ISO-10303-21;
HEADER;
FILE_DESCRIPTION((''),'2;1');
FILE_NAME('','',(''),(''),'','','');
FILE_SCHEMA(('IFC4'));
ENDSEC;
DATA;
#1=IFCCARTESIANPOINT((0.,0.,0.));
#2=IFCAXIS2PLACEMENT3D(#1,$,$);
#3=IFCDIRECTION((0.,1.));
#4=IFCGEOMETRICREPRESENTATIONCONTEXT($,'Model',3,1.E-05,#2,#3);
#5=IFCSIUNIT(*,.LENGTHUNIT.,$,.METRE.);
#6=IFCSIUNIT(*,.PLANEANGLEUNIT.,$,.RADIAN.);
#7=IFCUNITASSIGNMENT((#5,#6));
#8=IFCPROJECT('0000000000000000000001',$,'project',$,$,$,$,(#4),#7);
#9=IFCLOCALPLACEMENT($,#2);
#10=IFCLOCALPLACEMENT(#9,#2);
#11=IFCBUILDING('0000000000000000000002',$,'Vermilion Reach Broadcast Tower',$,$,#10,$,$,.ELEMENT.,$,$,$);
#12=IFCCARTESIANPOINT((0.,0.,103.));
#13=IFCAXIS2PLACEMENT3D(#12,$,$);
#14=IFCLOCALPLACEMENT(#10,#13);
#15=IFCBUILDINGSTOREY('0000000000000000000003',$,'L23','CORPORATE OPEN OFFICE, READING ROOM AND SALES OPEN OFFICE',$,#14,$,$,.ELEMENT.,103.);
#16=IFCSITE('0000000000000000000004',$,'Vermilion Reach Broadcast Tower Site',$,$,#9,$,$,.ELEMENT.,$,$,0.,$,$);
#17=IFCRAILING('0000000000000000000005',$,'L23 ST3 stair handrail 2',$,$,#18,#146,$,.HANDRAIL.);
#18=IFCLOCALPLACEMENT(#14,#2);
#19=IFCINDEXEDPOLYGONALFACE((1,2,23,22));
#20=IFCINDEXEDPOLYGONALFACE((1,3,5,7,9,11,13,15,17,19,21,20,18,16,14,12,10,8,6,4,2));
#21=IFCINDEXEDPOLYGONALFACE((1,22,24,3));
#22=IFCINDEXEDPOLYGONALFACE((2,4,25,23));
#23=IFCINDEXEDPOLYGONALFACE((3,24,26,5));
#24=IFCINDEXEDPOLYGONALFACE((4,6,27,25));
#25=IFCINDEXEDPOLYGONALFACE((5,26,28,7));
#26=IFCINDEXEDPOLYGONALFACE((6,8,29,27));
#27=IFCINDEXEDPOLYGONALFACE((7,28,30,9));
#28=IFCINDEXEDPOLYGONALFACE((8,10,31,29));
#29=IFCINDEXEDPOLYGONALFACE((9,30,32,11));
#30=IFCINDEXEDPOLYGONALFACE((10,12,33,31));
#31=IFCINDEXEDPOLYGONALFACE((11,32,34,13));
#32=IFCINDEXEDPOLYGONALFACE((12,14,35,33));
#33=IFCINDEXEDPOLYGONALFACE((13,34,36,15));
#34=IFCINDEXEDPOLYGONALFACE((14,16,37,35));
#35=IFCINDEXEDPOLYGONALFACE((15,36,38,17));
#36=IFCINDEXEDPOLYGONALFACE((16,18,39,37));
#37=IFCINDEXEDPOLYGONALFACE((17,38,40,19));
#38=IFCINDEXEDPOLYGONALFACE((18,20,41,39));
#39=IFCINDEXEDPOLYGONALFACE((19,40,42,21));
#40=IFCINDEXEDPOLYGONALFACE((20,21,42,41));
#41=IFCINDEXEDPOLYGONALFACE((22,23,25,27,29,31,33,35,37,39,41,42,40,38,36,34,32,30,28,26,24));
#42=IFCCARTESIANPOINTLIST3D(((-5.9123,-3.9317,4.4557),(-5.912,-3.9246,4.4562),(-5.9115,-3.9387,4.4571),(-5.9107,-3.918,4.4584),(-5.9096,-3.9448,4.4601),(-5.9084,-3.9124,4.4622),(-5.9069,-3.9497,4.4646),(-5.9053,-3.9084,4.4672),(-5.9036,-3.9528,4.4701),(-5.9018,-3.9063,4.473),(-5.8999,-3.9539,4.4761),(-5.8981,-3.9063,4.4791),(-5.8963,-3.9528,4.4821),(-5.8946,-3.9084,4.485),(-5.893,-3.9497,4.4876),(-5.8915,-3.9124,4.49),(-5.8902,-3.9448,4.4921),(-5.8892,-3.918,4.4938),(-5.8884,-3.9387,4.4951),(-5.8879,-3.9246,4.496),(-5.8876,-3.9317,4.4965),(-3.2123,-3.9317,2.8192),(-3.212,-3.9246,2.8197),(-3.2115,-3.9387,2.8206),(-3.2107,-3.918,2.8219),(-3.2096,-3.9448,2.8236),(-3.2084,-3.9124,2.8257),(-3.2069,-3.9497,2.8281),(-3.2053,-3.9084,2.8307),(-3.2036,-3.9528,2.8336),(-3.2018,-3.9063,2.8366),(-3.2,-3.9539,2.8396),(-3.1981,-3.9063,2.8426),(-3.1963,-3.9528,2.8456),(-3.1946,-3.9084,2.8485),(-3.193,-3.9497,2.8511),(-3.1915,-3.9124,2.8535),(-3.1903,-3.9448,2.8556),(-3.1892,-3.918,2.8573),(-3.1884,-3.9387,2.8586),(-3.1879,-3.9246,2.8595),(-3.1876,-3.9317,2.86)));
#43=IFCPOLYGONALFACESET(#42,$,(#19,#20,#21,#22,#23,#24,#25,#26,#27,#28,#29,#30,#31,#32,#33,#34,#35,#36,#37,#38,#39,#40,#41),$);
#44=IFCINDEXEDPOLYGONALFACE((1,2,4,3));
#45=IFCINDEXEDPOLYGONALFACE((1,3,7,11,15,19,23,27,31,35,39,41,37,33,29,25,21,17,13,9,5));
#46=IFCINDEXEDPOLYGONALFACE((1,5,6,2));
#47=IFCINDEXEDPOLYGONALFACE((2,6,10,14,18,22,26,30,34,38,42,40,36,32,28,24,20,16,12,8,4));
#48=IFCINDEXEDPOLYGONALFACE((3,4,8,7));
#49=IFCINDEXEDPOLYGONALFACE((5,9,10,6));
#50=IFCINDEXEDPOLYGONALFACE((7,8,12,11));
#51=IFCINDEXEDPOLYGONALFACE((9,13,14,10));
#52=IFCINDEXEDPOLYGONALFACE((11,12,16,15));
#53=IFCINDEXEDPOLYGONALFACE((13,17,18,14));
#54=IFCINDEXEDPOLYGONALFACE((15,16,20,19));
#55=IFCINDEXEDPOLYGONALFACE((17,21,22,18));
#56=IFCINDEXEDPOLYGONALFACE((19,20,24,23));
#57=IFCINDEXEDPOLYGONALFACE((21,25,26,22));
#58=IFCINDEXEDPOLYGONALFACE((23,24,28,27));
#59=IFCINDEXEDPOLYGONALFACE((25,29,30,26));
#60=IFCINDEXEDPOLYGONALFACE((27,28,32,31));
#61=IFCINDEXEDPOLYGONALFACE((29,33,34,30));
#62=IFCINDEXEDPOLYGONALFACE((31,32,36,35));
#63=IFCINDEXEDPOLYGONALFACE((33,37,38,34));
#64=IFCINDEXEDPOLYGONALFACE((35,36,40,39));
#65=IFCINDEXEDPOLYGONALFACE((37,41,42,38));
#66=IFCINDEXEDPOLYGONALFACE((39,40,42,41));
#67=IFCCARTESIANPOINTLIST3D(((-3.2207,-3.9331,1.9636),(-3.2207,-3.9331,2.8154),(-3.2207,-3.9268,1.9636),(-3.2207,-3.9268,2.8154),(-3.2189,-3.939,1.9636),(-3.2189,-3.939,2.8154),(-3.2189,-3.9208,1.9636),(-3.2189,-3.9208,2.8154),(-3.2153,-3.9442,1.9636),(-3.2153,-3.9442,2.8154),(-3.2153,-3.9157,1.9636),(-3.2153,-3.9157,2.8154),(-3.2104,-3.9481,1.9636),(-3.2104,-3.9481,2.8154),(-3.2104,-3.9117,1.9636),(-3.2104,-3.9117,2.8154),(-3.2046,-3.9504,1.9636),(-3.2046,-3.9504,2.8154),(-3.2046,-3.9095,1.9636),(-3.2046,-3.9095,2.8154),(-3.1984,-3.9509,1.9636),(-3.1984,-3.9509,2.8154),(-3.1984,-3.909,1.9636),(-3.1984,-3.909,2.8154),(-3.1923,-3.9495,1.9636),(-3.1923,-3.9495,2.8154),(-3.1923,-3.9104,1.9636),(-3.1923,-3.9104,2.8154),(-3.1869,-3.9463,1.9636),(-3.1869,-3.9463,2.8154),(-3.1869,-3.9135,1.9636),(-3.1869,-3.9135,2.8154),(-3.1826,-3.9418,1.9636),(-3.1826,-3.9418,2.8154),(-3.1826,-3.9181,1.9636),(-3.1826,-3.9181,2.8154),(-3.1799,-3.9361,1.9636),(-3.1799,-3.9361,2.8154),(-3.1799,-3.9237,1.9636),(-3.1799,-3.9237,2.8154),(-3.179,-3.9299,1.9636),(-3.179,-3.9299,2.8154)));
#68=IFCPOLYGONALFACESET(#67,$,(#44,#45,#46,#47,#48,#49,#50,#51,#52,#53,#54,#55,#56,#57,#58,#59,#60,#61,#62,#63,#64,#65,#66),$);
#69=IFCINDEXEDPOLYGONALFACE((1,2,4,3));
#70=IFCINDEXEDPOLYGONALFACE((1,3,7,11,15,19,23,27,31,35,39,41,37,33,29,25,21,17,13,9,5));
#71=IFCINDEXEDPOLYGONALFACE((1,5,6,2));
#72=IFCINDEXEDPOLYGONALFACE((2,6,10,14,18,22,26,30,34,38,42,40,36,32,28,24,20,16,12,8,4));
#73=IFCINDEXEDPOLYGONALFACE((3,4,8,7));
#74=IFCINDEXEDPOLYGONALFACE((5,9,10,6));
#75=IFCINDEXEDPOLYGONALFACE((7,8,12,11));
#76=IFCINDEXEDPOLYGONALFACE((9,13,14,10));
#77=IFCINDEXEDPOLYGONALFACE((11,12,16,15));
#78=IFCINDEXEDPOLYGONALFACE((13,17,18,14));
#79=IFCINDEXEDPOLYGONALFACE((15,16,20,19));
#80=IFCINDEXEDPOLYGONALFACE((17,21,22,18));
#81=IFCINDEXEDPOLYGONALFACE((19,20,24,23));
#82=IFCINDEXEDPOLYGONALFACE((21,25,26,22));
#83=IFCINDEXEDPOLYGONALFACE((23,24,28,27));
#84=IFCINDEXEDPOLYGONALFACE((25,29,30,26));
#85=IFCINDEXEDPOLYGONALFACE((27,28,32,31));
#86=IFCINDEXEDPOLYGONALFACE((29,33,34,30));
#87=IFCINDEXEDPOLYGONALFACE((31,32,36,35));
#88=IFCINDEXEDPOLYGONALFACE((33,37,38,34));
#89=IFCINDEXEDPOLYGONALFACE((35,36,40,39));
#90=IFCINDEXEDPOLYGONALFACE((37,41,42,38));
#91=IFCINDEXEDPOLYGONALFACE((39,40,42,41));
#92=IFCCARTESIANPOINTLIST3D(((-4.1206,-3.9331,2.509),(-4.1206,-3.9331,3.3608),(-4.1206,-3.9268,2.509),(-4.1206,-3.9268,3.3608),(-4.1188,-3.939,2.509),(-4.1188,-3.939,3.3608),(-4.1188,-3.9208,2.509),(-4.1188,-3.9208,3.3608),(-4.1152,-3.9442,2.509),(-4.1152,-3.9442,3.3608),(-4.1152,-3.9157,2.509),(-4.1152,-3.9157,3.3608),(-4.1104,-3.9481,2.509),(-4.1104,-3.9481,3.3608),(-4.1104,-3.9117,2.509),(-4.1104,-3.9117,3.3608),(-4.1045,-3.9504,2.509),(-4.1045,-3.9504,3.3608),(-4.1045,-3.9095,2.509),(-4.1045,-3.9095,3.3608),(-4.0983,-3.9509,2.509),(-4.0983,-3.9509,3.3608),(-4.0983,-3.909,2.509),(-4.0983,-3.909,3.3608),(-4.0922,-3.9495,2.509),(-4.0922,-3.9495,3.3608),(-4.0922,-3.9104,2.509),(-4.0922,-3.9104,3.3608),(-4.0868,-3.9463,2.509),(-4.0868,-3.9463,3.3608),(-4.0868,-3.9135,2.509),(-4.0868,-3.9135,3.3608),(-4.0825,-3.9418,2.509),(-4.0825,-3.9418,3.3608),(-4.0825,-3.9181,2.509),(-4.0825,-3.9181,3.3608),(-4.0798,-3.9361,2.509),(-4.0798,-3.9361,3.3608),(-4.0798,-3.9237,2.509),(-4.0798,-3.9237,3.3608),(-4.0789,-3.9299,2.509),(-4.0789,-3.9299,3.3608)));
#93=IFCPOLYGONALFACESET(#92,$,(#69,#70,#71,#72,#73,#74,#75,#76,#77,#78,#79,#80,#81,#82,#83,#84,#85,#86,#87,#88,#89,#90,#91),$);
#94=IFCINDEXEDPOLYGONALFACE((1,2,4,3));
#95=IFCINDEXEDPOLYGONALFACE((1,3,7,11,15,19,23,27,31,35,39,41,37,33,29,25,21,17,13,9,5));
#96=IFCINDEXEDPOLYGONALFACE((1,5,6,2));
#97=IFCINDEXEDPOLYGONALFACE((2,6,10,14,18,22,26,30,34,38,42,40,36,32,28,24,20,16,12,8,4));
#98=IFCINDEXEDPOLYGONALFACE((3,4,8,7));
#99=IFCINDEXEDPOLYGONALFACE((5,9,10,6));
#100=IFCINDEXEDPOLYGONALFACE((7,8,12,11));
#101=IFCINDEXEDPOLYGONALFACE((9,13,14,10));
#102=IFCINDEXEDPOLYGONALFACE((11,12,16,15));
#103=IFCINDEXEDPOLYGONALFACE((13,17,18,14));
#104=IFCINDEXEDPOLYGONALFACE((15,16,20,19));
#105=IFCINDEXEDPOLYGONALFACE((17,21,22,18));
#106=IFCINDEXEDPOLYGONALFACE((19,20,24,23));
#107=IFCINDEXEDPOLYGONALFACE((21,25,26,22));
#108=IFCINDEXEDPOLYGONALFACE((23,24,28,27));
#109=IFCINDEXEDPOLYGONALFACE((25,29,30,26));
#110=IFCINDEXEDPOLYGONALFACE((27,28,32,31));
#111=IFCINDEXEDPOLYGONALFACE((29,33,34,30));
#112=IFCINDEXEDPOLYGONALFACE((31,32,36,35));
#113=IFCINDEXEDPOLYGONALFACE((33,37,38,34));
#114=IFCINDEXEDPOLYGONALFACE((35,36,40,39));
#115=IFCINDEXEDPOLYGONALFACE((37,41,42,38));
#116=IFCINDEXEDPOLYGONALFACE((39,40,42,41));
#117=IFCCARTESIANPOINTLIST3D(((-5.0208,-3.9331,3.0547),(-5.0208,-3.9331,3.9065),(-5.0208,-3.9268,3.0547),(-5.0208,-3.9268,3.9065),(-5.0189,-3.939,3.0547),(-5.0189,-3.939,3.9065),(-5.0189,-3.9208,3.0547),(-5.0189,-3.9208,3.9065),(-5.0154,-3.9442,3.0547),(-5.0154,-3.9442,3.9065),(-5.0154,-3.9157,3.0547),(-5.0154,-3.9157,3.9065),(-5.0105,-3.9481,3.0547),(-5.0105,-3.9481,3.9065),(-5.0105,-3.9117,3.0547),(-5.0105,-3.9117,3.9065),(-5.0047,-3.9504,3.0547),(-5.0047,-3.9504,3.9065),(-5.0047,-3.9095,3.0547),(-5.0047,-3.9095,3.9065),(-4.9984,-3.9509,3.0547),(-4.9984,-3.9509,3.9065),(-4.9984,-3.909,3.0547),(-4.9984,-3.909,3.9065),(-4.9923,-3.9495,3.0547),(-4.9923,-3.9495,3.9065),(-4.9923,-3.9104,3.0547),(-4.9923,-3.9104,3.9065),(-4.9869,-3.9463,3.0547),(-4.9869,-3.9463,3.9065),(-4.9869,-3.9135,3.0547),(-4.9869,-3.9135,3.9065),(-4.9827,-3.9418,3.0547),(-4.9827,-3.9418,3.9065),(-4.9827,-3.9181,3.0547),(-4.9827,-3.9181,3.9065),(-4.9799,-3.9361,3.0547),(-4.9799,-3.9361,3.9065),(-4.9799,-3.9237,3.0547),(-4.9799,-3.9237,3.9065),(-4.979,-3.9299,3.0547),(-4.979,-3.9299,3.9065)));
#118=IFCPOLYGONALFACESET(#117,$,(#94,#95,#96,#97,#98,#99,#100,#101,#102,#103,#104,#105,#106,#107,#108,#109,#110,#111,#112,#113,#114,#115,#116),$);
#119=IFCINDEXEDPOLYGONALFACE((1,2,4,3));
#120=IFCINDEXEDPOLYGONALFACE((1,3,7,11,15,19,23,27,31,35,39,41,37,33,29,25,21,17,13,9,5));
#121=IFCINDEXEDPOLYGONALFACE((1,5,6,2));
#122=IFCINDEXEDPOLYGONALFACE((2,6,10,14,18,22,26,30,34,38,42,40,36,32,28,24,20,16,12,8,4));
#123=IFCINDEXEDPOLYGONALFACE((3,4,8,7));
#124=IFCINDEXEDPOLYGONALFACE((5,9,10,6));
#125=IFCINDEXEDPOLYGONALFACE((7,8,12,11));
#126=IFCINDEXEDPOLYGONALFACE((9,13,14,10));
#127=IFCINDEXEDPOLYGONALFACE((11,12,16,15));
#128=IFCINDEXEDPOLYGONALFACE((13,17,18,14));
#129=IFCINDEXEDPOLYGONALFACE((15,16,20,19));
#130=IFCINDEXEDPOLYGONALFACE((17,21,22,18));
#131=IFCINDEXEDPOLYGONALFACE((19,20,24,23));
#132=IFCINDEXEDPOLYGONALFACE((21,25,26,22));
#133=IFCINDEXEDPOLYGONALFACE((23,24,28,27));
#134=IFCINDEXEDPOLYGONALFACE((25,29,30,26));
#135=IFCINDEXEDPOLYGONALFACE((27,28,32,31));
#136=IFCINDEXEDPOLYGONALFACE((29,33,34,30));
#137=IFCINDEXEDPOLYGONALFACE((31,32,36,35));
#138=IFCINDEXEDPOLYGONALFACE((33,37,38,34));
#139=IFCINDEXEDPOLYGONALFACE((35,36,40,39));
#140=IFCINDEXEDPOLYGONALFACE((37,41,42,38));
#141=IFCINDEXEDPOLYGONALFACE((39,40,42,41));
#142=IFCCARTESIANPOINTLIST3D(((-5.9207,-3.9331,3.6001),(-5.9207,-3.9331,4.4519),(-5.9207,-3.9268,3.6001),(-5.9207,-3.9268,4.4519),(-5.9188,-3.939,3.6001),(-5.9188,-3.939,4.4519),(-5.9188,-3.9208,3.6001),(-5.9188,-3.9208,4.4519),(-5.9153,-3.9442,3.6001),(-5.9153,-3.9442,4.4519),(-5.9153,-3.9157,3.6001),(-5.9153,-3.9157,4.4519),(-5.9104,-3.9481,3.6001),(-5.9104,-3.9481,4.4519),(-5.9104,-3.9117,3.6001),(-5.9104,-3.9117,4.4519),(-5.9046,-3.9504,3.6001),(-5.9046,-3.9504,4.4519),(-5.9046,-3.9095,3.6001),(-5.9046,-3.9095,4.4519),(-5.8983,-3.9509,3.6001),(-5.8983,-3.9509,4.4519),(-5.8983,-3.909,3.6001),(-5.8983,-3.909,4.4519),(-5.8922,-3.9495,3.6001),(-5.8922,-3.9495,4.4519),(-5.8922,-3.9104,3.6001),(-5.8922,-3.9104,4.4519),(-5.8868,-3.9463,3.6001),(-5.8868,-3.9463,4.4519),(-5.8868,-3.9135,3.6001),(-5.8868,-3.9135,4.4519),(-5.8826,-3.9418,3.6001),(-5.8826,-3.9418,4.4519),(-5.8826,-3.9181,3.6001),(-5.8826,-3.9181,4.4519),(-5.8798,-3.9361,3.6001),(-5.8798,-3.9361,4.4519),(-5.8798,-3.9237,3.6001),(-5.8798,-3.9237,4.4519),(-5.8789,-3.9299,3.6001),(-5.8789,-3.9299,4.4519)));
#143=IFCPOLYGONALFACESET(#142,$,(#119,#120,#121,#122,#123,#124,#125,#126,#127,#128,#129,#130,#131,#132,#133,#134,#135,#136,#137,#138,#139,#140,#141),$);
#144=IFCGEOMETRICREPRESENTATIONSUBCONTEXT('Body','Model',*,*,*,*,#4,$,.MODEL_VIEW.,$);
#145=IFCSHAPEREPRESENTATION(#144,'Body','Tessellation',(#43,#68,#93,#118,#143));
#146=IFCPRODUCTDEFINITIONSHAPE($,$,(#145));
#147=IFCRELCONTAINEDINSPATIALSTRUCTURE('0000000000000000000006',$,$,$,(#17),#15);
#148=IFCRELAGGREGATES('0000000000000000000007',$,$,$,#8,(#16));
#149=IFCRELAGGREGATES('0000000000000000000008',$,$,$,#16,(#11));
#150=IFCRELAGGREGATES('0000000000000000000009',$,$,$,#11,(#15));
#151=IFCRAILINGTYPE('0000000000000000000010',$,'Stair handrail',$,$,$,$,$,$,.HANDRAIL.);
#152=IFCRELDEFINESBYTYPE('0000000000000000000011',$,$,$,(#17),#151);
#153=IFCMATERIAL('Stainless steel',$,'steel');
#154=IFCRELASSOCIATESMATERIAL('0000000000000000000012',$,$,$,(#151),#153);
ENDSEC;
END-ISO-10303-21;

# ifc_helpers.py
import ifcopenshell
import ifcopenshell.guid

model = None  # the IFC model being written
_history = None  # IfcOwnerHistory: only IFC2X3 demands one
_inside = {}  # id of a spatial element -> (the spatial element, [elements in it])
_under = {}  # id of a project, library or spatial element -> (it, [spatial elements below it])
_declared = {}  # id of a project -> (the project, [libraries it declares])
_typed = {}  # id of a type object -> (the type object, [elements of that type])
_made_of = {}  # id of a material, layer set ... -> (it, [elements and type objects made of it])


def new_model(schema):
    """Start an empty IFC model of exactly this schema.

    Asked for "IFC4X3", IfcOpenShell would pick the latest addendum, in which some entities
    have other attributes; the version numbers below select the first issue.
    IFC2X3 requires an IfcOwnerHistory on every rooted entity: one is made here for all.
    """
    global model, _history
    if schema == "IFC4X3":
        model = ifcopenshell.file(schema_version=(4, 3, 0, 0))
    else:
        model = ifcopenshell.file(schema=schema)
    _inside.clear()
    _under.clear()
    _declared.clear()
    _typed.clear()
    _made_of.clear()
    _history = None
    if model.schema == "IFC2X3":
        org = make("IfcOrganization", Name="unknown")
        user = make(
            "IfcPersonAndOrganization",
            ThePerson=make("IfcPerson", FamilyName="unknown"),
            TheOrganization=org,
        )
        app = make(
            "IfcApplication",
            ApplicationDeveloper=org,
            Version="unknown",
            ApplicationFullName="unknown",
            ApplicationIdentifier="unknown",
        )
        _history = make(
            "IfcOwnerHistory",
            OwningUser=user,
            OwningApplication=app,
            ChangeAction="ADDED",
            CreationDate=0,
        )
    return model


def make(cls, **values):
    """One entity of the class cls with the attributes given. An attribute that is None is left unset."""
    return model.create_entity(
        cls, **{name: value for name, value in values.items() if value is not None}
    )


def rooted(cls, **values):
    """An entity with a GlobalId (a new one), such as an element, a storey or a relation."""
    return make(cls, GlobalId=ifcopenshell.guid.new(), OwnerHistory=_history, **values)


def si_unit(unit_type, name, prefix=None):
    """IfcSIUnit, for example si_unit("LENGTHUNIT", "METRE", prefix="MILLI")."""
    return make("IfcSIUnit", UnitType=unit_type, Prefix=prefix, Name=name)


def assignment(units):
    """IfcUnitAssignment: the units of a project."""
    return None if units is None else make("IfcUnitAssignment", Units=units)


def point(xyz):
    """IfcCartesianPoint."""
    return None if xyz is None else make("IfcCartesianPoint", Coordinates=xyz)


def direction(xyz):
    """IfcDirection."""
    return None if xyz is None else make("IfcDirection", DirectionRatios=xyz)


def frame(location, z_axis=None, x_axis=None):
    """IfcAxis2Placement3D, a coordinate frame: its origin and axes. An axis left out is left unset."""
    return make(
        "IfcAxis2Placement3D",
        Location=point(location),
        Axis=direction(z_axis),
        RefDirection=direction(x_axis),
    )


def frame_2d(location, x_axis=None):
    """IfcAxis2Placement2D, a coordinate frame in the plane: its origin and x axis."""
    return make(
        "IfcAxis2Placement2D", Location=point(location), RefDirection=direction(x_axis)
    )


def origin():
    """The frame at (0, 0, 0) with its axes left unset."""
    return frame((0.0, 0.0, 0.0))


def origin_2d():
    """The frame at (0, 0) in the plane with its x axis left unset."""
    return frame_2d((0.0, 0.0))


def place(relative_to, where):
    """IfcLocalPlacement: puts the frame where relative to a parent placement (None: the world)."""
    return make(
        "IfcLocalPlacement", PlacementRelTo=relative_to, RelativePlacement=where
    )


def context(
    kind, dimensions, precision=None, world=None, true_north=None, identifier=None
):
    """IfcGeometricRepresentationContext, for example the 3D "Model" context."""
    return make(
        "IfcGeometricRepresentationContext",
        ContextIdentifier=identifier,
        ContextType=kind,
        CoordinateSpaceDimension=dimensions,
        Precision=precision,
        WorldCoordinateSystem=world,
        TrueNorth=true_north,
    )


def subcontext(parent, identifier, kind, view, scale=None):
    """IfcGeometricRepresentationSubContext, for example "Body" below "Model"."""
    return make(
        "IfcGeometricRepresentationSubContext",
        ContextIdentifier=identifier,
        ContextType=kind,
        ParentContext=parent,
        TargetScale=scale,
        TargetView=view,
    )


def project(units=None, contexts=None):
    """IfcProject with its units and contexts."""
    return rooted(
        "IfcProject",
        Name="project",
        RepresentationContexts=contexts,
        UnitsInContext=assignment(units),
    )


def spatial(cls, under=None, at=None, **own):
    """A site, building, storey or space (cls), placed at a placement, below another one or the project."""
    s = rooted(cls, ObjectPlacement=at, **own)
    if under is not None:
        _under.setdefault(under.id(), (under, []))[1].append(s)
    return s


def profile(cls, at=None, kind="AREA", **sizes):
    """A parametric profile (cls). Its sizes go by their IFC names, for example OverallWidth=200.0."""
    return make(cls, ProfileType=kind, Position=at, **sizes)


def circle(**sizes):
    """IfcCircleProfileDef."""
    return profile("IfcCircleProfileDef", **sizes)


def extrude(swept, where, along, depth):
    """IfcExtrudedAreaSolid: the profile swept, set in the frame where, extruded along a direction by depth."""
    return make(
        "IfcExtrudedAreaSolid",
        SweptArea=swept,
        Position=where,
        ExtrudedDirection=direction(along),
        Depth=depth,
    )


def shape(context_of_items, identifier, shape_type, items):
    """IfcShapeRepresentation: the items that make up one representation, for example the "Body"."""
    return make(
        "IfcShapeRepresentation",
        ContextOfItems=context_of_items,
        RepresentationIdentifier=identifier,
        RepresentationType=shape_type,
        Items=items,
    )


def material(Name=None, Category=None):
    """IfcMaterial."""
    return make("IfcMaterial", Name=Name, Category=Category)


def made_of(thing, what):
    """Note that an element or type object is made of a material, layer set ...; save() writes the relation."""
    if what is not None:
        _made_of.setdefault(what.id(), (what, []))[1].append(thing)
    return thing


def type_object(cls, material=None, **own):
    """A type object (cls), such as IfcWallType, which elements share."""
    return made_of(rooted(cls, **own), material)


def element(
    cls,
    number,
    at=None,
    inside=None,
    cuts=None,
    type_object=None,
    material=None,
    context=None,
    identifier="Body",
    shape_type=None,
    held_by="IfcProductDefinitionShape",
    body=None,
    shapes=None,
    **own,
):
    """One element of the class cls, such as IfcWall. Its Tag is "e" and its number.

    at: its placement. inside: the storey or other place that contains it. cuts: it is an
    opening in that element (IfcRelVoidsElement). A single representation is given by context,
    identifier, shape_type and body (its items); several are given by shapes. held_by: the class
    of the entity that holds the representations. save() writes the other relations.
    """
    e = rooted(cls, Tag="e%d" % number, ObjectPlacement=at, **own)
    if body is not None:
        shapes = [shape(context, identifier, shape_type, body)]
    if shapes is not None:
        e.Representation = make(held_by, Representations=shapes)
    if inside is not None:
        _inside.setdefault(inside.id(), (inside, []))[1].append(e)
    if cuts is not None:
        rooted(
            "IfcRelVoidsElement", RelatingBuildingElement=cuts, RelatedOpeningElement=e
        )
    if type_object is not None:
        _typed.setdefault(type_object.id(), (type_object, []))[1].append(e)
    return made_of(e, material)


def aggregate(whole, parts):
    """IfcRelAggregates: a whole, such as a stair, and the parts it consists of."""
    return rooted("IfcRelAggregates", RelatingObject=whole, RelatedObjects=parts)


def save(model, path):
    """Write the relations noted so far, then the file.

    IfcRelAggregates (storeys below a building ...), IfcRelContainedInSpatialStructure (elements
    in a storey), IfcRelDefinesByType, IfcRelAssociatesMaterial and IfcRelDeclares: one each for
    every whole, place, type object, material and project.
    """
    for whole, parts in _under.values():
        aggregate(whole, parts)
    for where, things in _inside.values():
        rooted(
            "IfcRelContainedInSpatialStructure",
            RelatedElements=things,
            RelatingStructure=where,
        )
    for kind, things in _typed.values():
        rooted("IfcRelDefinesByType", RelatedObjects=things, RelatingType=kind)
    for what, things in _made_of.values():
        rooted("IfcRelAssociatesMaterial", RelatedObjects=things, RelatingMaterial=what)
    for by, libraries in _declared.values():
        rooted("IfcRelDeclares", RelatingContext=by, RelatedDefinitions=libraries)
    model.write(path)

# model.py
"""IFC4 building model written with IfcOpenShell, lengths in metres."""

from ifc_helpers import new_model, si_unit, direction, frame, origin, origin_2d, place, context, subcontext, project, spatial, circle, extrude, material, type_object, element, save


model = new_model("IFC4")

# Units and contexts
model_context = context("Model", 3, precision=1e-05, world=origin(), true_north=direction((0.0, 1.0)))
body_context = subcontext(model_context, "Body", "Model", "MODEL_VIEW")
ifc_project = project(units=[si_unit("LENGTHUNIT", "METRE"), si_unit("PLANEANGLEUNIT", "RADIAN")], contexts=[model_context])

# Site, building, storey
site_placement = place(None, origin())
site = spatial("IfcSite", under=ifc_project, at=site_placement, Name="Vermilion Reach Broadcast Tower Site", CompositionType="ELEMENT", RefElevation=0.0)
building_placement = place(site_placement, origin())
building = spatial("IfcBuilding", under=site, at=building_placement, Name="Vermilion Reach Broadcast Tower", CompositionType="ELEMENT")
storey_placement = place(building_placement, frame((0.0, 0.0, 103.0)))
storey = spatial("IfcBuildingStorey", under=building, at=storey_placement, Name="L23", Description="CORPORATE OPEN OFFICE, READING ROOM AND SALES OPEN OFFICE", CompositionType="ELEMENT", Elevation=103.0)

# Railing
ifc_material_1 = material(Name="Stainless steel", Category="steel")
railing_type_1 = type_object("IfcRailingType", Name="Stair handrail", PredefinedType="HANDRAIL", material=ifc_material_1)
railing_1_placement = place(storey_placement, frame((-3.2, -3.9299, 1.9636)))
element("IfcRailing", 1, at=railing_1_placement, inside=storey, type_object=railing_type_1, Name="L23 ST3 stair handrail 2", PredefinedType="HANDRAIL", context=body_context, shape_type="SweptSolid", body=[
    extrude(circle(Radius=0.0239, at=origin_2d()), frame((0.0, 0.0, 0.876), z_axis=(-0.855178, 0.0, 0.518334), x_axis=(0.0, -1.0, 0.0)), (0.0, 0.0, 1.0), 3.1572),
    extrude(circle(Radius=0.021, at=origin_2d()), origin(), (0.0, 0.0, 1.0), 0.8518),
    extrude(circle(Radius=0.021, at=origin_2d()), frame((-0.8999, 0.0, 0.5454)), (0.0, 0.0, 1.0), 0.8518),
    extrude(circle(Radius=0.021, at=origin_2d()), frame((-1.8, 0.0, 1.0911)), (0.0, 0.0, 1.0), 0.8518),
    extrude(circle(Radius=0.021, at=origin_2d()), frame((-2.7, 0.0, 1.6365)), (0.0, 0.0, 1.0), 0.8518),
])

save(model, "model.ifc")
